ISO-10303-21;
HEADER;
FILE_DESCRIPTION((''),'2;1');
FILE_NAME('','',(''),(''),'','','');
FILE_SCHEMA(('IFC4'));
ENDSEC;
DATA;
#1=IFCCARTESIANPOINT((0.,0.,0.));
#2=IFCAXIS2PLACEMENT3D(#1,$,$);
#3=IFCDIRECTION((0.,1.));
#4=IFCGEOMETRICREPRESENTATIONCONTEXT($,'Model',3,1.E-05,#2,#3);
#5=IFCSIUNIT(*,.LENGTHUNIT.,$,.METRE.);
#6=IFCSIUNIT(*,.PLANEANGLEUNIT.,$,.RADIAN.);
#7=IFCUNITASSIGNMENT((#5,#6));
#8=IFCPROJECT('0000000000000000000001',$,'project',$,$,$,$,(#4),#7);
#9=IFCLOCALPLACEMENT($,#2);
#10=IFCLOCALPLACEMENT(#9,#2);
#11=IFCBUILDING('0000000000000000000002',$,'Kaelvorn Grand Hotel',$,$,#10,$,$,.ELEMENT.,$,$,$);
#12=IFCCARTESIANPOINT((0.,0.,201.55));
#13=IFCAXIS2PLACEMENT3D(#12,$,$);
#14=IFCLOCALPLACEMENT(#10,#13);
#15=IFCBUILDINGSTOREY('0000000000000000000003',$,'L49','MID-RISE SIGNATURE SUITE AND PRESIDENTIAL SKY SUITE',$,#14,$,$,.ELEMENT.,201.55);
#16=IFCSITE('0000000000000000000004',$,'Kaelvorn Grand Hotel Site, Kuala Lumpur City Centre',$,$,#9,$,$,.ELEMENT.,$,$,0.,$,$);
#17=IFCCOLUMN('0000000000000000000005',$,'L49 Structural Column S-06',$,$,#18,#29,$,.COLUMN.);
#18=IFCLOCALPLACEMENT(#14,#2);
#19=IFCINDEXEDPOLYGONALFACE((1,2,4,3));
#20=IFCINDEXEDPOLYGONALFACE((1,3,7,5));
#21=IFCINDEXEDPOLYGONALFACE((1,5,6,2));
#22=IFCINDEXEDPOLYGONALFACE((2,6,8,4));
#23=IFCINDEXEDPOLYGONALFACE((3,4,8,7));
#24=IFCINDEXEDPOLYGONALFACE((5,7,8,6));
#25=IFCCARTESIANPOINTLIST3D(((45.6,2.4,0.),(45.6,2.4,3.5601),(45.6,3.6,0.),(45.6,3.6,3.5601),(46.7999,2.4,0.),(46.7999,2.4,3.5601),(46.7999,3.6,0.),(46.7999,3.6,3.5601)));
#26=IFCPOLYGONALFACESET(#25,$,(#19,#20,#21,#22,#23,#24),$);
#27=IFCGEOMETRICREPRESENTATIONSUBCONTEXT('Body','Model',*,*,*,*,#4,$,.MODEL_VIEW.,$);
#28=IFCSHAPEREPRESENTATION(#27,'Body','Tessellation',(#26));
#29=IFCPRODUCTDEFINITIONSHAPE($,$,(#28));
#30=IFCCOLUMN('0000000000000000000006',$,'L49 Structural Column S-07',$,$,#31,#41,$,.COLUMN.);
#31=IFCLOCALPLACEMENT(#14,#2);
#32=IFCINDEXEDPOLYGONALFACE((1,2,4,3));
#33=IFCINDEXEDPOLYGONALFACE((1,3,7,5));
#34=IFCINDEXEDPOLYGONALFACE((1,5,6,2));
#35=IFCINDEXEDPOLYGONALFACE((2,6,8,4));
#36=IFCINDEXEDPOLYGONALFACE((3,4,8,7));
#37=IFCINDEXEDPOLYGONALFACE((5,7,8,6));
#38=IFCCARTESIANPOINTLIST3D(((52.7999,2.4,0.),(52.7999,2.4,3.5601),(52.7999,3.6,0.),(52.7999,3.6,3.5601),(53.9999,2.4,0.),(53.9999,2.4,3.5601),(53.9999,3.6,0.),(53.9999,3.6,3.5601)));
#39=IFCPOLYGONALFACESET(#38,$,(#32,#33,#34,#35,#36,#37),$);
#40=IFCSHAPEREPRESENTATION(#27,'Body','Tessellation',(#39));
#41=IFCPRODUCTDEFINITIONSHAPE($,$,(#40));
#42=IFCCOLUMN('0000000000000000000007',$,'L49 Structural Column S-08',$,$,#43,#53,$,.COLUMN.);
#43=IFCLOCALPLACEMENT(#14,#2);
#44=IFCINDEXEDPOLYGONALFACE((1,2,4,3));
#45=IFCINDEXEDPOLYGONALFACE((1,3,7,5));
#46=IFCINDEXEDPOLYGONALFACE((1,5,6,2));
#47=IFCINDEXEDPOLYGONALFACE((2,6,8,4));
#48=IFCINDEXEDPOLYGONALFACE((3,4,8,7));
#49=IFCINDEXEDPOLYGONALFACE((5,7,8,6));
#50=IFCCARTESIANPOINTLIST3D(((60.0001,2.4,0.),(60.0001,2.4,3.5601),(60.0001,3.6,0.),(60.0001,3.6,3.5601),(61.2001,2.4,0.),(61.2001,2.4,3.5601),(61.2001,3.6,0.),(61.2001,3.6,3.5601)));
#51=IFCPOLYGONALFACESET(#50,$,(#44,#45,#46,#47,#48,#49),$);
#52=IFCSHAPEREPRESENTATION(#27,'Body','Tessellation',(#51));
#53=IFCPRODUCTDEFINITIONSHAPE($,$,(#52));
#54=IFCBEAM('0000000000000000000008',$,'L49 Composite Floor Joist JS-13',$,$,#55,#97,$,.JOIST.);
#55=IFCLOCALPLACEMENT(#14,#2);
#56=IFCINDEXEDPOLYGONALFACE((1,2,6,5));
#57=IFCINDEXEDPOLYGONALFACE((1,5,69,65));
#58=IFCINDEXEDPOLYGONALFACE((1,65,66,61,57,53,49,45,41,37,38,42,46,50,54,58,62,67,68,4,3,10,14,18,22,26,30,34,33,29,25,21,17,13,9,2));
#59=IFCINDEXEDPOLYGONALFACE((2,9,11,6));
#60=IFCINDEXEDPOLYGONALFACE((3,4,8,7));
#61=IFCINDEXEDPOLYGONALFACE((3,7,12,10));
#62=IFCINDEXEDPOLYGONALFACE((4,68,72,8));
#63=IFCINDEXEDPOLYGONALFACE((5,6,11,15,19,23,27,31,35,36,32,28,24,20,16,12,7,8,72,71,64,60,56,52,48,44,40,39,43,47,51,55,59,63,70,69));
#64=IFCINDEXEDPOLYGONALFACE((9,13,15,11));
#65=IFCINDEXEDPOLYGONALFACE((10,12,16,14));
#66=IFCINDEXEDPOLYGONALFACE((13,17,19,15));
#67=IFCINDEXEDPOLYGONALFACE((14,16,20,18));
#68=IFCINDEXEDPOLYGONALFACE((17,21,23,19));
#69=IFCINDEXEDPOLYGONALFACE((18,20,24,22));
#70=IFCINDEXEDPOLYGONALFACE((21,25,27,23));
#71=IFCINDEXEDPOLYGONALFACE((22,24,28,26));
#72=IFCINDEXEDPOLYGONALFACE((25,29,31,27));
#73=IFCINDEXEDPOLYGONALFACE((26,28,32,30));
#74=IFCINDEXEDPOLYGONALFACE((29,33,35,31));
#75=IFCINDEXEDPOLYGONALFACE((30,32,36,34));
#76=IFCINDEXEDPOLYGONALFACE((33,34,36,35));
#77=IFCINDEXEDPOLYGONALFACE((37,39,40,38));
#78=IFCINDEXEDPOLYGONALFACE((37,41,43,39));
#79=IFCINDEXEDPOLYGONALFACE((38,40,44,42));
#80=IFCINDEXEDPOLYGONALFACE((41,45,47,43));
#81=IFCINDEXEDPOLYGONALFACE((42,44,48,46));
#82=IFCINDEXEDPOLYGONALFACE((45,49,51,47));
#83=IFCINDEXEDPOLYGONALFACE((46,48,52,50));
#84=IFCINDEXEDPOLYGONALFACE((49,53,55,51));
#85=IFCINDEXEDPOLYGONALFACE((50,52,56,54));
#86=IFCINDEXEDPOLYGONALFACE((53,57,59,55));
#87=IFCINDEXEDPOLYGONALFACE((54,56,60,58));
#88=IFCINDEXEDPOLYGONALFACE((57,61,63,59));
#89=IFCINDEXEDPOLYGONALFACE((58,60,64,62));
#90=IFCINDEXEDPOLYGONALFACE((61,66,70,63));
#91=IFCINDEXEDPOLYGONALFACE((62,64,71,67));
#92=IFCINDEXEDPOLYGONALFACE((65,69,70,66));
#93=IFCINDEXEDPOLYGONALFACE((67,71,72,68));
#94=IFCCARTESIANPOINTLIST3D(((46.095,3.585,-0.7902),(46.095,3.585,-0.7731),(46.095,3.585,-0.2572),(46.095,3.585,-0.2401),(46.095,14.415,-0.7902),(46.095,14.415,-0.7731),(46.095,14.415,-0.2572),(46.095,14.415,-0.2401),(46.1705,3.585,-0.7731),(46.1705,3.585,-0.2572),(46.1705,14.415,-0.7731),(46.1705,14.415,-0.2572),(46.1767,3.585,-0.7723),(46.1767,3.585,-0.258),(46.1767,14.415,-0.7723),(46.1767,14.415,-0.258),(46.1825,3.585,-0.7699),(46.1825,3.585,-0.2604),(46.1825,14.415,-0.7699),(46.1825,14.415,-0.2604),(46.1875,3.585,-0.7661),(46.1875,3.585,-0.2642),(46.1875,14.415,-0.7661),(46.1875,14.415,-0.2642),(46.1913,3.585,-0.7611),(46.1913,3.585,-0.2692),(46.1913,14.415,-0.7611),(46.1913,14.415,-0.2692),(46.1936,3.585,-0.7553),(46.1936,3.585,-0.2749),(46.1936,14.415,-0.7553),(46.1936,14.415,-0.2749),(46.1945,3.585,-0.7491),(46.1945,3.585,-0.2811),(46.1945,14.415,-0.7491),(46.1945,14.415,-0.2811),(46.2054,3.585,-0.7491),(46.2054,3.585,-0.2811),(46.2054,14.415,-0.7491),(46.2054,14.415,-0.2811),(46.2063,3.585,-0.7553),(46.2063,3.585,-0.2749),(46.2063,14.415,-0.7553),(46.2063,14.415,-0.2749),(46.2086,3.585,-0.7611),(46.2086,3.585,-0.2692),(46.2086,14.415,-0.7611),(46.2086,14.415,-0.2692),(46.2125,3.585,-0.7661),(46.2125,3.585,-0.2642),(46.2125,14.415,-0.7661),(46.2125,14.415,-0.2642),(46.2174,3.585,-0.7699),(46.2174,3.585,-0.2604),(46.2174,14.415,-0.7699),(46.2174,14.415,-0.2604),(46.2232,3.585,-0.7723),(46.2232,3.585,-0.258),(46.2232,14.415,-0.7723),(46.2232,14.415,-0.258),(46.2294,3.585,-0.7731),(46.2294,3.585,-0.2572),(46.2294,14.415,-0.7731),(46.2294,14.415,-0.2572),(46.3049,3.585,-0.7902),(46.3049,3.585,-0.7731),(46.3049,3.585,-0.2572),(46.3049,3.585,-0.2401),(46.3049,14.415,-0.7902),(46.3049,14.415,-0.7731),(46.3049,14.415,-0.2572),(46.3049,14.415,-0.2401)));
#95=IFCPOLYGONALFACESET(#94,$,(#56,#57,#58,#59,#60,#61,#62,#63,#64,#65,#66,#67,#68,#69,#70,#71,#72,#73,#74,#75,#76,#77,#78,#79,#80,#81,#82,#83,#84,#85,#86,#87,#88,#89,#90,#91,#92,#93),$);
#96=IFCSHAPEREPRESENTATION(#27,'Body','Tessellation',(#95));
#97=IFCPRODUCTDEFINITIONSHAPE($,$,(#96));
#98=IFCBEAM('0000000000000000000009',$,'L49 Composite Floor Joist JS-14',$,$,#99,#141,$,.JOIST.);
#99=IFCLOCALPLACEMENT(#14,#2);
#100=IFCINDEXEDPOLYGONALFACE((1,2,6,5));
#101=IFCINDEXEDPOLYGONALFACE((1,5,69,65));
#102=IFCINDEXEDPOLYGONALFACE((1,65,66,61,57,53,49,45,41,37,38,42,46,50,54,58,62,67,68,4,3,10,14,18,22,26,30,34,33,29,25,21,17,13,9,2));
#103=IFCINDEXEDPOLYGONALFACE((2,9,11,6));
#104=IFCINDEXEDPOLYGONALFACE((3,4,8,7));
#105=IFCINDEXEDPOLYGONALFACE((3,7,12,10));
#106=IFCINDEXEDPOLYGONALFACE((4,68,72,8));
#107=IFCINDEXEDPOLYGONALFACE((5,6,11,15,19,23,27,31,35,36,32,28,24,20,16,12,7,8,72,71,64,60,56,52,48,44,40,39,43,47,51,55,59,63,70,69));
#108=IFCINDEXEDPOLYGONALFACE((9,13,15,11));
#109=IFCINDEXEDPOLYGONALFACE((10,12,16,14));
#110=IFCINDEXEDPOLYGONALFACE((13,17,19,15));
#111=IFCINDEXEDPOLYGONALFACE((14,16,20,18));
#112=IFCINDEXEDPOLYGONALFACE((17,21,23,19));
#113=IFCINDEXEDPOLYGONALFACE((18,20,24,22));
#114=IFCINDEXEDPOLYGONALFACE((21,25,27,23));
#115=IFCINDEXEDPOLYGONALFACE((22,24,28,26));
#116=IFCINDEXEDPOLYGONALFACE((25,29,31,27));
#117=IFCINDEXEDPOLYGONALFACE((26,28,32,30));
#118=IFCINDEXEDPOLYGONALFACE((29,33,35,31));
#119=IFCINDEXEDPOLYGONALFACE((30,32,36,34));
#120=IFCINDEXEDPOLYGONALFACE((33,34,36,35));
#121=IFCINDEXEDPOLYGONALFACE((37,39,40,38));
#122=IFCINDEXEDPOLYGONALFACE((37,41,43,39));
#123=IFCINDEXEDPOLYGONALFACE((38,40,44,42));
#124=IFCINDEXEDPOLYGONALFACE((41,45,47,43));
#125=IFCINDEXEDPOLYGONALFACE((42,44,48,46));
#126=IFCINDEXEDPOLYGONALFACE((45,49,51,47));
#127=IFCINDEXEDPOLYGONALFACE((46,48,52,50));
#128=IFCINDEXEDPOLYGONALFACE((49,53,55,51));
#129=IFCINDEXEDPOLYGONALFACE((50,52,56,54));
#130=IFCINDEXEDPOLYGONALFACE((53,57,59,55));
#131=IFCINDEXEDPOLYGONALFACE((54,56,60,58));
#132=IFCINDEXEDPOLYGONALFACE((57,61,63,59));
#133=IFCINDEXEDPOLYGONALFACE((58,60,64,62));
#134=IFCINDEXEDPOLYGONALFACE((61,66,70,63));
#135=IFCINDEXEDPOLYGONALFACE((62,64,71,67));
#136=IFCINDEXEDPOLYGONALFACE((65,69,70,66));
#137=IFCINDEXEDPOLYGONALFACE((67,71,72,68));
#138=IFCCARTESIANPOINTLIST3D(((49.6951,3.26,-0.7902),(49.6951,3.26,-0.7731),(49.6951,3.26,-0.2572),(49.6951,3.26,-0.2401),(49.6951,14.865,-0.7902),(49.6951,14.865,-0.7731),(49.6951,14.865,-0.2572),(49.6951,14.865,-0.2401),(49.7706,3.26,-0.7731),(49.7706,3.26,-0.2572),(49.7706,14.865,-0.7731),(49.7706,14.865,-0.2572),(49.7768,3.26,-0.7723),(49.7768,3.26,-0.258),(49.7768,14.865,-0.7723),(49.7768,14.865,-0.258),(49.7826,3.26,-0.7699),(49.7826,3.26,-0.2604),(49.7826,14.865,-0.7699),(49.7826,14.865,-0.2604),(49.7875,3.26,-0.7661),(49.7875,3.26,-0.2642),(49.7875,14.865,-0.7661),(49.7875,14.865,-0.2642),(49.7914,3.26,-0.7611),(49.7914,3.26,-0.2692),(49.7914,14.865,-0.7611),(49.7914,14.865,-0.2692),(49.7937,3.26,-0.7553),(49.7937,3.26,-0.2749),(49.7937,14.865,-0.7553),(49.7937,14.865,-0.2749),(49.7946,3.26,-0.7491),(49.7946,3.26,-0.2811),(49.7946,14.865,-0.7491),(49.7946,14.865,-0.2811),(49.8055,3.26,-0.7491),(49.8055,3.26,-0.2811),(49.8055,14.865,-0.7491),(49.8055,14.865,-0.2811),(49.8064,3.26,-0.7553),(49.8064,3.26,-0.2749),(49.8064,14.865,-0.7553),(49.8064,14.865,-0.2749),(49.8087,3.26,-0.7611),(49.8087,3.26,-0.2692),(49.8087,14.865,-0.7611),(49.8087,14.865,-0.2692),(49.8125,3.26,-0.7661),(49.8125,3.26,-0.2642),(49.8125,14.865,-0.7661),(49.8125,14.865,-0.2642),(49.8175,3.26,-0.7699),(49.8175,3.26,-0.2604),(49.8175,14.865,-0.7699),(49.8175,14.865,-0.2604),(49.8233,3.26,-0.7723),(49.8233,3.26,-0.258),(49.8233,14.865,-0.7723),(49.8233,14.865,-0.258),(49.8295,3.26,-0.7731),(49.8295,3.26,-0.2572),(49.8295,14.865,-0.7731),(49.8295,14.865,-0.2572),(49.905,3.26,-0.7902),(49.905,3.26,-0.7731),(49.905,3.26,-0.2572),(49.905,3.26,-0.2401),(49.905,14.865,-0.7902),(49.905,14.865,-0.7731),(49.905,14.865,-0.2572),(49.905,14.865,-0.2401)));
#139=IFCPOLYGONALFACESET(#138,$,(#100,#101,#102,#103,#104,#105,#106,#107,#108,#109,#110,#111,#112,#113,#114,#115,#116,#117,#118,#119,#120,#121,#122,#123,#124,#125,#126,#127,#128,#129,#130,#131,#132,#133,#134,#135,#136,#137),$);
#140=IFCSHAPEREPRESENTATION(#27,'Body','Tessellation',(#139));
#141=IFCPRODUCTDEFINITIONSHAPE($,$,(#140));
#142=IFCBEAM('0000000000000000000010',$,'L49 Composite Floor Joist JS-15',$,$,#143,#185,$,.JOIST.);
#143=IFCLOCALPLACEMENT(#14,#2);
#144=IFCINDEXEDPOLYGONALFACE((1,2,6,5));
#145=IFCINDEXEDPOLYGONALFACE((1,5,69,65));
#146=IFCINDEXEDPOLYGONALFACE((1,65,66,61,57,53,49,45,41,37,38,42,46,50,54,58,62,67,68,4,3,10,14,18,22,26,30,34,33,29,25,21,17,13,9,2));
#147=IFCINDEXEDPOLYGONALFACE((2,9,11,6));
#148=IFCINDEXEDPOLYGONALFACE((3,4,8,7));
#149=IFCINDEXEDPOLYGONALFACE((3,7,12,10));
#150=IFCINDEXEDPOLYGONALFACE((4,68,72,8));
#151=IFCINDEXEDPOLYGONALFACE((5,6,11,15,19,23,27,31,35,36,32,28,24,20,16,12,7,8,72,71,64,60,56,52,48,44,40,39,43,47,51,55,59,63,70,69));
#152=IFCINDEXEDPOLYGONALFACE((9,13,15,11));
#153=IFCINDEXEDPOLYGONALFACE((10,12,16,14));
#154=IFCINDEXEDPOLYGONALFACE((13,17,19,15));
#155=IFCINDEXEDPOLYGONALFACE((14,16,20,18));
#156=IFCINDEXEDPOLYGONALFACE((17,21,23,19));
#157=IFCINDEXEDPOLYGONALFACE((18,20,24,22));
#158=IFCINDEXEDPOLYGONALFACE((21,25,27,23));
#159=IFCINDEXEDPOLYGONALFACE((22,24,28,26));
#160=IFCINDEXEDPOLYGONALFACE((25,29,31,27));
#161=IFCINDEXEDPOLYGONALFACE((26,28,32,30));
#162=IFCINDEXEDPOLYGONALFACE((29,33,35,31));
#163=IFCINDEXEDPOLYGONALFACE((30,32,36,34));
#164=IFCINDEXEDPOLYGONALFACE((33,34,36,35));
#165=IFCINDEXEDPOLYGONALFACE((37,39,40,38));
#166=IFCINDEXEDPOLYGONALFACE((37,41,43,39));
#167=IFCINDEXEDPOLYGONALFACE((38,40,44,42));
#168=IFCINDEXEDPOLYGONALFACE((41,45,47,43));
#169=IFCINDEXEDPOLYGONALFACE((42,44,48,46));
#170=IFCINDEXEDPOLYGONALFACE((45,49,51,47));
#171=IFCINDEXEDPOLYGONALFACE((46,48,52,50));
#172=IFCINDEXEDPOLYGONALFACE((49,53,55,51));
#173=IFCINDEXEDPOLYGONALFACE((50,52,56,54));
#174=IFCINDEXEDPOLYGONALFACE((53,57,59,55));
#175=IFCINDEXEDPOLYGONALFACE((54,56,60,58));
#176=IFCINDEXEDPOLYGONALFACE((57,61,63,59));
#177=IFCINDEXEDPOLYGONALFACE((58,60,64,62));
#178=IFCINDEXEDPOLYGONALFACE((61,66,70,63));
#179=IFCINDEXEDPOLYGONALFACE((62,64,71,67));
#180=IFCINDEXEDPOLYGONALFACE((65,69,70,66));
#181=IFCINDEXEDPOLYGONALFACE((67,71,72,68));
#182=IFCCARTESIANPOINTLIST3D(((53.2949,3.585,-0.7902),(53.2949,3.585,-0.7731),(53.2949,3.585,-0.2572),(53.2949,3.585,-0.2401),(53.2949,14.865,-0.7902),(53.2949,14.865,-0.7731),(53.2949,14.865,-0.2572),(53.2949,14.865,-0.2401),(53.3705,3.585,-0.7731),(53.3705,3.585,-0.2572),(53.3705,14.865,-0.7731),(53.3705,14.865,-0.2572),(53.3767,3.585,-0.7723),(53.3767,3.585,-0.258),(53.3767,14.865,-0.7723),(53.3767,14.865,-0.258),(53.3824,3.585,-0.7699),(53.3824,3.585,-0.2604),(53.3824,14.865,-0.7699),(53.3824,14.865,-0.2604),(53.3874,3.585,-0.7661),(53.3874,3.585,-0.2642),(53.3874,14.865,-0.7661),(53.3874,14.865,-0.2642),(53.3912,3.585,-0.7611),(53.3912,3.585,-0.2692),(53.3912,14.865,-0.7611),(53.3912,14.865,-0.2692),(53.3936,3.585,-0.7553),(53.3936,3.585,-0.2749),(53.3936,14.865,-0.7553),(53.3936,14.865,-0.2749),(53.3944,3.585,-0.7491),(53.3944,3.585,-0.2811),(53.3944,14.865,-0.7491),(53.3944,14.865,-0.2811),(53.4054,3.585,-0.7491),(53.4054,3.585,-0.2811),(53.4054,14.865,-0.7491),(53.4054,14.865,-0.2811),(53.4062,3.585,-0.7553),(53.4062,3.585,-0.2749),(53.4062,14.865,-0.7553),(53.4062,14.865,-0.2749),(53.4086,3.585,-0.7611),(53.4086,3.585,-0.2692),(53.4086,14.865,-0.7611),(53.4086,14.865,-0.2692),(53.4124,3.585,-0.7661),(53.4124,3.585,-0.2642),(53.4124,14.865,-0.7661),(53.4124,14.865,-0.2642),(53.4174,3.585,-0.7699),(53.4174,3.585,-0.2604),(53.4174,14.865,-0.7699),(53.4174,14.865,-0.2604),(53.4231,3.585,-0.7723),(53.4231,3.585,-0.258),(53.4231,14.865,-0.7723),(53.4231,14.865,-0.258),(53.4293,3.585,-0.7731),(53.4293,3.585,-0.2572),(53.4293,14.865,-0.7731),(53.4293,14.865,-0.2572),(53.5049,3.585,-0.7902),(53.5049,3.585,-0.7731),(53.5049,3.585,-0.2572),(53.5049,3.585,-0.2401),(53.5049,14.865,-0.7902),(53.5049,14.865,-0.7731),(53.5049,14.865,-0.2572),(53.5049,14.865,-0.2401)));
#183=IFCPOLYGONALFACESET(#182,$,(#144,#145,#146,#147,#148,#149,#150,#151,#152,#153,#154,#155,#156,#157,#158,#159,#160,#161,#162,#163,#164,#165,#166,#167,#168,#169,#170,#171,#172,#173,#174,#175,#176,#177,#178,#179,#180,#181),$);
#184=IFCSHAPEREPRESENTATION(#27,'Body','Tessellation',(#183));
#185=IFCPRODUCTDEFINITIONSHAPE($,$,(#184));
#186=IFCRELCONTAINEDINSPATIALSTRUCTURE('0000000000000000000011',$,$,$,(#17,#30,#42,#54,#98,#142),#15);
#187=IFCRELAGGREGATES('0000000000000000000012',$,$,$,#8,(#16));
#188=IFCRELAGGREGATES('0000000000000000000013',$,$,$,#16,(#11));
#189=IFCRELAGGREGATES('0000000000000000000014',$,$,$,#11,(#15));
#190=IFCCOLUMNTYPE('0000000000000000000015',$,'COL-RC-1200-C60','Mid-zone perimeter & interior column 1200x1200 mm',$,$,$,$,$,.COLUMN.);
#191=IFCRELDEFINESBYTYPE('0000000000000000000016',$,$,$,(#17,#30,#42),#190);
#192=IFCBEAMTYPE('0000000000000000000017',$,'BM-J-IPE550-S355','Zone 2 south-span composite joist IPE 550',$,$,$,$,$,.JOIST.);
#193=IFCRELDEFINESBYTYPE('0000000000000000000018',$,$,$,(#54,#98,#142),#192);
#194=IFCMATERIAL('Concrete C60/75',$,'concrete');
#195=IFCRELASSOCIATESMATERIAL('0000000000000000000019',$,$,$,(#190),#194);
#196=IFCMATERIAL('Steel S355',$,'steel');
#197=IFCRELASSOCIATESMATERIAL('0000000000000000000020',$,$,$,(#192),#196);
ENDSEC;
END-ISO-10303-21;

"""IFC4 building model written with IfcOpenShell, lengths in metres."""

from ifc_helpers import new_model, si_unit, direction, frame, origin, origin_2d, place, context, subcontext, project, spatial, rectangle, i_section, extrude, material, material_profile, profile_set, type_object, element, save


model = new_model("IFC4")

# Units and contexts
model_context = context("Model", 3, precision=1e-05, world=origin(), true_north=direction((0.0, 1.0)))
body_context = subcontext(model_context, "Body", "Model", "MODEL_VIEW")
ifc_project = project(units=[si_unit("LENGTHUNIT", "METRE"), si_unit("PLANEANGLEUNIT", "RADIAN")], contexts=[model_context])

# Site, building, storey
site_placement = place(None, origin())
site = spatial("IfcSite", under=ifc_project, at=site_placement, Name="Kaelvorn Grand Hotel Site, Kuala Lumpur City Centre", CompositionType="ELEMENT", RefElevation=0.0)
building_placement = place(site_placement, origin())
building = spatial("IfcBuilding", under=site, at=building_placement, Name="Kaelvorn Grand Hotel", CompositionType="ELEMENT")
storey_placement = place(building_placement, frame((0.0, 0.0, 201.55)))
storey = spatial("IfcBuildingStorey", under=building, at=storey_placement, Name="L49", Description="MID-RISE SIGNATURE SUITE AND PRESIDENTIAL SKY SUITE", CompositionType="ELEMENT", Elevation=201.55)

# Columns
ifc_material_1 = material(Name="Concrete C60/75", Category="concrete")
ifc_material_profile_1 = material_profile(ifc_material_1, rectangle(XDim=1.2, YDim=1.2, at=origin_2d()), Name="RC COL 1200x1200")
ifc_profile_set_1 = profile_set([ifc_material_profile_1], Name="Concrete C60/75")
column_type = type_object("IfcColumnType", Name="COL-RC-1200-C60", Description="Mid-zone perimeter & interior column 1200x1200 mm", PredefinedType="COLUMN", material=ifc_profile_set_1)
for number, where, z_axis, x_axis, name in (
    (1, (46.2, 3.0, 0.0), (0.0, 0.0, 1.0), (1.0, 0.0, 0.0), "L49 Structural Column S-06"),
    (2, (53.3999, 3.0, 0.0), (0.0, 0.0, 1.0), (1.0, 0.0, 0.0), "L49 Structural Column S-07"),
    (3, (60.6001, 3.0, 0.0), (0.0, 0.0, 1.0), (1.0, 0.0, 0.0), "L49 Structural Column S-08"),
):
    element("IfcColumn", number, at=place(storey_placement, frame(where, z_axis=z_axis, x_axis=x_axis)), inside=storey, type_object=column_type, Name=name, PredefinedType="COLUMN", context=body_context, shape_type="SweptSolid", body=[
        extrude(rectangle(XDim=1.2, YDim=1.2, at=origin_2d()), origin(), (0.0, 0.0, 1.0), 3.5601),
    ])

# Beams
ifc_material_2 = material(Name="Steel S355", Category="steel")
ifc_material_profile_2 = material_profile(ifc_material_2, i_section(OverallWidth=0.21, OverallDepth=0.55, WebThickness=0.011, FlangeThickness=0.0171, FilletRadius=0.0239, at=origin_2d()), Name="IPE 550")
ifc_profile_set_2 = profile_set([ifc_material_profile_2], Name="Steel S355")
beam_type_1 = type_object("IfcBeamType", Name="BM-J-IPE550-S355", Description="Zone 2 south-span composite joist IPE 550", PredefinedType="JOIST", material=ifc_profile_set_2)
beam_1_placement = place(storey_placement, frame((46.2, 3.585, -0.5151), z_axis=(0.0, 1.0, 0.0), x_axis=(-1.0, 0.0, 0.0)))
element("IfcBeam", 4, at=beam_1_placement, inside=storey, type_object=beam_type_1, Name="L49 Composite Floor Joist JS-13", PredefinedType="JOIST", context=body_context, shape_type="SweptSolid", body=[
    extrude(i_section(OverallWidth=0.21, OverallDepth=0.55, WebThickness=0.011, FlangeThickness=0.0171, FilletRadius=0.0239, at=origin_2d()), origin(), (0.0, 0.0, 1.0), 10.8301),
])
beam_2_placement = place(storey_placement, frame((49.8, 3.26, -0.5151), z_axis=(0.0, 1.0, 0.0), x_axis=(-1.0, 0.0, 0.0)))
element("IfcBeam", 5, at=beam_2_placement, inside=storey, type_object=beam_type_1, Name="L49 Composite Floor Joist JS-14", PredefinedType="JOIST", context=body_context, shape_type="SweptSolid", body=[
    extrude(i_section(OverallWidth=0.21, OverallDepth=0.55, WebThickness=0.011, FlangeThickness=0.0171, FilletRadius=0.0239, at=origin_2d()), origin(), (0.0, 0.0, 1.0), 11.605),
])
beam_3_placement = place(storey_placement, frame((53.3999, 3.585, -0.5151), z_axis=(0.0, 1.0, 0.0), x_axis=(-1.0, 0.0, 0.0)))
element("IfcBeam", 6, at=beam_3_placement, inside=storey, type_object=beam_type_1, Name="L49 Composite Floor Joist JS-15", PredefinedType="JOIST", context=body_context, shape_type="SweptSolid", body=[
    extrude(i_section(OverallWidth=0.21, OverallDepth=0.55, WebThickness=0.011, FlangeThickness=0.0171, FilletRadius=0.0239, at=origin_2d()), origin(), (0.0, 0.0, 1.0), 11.28),
])

save(model, "model.ifc")
